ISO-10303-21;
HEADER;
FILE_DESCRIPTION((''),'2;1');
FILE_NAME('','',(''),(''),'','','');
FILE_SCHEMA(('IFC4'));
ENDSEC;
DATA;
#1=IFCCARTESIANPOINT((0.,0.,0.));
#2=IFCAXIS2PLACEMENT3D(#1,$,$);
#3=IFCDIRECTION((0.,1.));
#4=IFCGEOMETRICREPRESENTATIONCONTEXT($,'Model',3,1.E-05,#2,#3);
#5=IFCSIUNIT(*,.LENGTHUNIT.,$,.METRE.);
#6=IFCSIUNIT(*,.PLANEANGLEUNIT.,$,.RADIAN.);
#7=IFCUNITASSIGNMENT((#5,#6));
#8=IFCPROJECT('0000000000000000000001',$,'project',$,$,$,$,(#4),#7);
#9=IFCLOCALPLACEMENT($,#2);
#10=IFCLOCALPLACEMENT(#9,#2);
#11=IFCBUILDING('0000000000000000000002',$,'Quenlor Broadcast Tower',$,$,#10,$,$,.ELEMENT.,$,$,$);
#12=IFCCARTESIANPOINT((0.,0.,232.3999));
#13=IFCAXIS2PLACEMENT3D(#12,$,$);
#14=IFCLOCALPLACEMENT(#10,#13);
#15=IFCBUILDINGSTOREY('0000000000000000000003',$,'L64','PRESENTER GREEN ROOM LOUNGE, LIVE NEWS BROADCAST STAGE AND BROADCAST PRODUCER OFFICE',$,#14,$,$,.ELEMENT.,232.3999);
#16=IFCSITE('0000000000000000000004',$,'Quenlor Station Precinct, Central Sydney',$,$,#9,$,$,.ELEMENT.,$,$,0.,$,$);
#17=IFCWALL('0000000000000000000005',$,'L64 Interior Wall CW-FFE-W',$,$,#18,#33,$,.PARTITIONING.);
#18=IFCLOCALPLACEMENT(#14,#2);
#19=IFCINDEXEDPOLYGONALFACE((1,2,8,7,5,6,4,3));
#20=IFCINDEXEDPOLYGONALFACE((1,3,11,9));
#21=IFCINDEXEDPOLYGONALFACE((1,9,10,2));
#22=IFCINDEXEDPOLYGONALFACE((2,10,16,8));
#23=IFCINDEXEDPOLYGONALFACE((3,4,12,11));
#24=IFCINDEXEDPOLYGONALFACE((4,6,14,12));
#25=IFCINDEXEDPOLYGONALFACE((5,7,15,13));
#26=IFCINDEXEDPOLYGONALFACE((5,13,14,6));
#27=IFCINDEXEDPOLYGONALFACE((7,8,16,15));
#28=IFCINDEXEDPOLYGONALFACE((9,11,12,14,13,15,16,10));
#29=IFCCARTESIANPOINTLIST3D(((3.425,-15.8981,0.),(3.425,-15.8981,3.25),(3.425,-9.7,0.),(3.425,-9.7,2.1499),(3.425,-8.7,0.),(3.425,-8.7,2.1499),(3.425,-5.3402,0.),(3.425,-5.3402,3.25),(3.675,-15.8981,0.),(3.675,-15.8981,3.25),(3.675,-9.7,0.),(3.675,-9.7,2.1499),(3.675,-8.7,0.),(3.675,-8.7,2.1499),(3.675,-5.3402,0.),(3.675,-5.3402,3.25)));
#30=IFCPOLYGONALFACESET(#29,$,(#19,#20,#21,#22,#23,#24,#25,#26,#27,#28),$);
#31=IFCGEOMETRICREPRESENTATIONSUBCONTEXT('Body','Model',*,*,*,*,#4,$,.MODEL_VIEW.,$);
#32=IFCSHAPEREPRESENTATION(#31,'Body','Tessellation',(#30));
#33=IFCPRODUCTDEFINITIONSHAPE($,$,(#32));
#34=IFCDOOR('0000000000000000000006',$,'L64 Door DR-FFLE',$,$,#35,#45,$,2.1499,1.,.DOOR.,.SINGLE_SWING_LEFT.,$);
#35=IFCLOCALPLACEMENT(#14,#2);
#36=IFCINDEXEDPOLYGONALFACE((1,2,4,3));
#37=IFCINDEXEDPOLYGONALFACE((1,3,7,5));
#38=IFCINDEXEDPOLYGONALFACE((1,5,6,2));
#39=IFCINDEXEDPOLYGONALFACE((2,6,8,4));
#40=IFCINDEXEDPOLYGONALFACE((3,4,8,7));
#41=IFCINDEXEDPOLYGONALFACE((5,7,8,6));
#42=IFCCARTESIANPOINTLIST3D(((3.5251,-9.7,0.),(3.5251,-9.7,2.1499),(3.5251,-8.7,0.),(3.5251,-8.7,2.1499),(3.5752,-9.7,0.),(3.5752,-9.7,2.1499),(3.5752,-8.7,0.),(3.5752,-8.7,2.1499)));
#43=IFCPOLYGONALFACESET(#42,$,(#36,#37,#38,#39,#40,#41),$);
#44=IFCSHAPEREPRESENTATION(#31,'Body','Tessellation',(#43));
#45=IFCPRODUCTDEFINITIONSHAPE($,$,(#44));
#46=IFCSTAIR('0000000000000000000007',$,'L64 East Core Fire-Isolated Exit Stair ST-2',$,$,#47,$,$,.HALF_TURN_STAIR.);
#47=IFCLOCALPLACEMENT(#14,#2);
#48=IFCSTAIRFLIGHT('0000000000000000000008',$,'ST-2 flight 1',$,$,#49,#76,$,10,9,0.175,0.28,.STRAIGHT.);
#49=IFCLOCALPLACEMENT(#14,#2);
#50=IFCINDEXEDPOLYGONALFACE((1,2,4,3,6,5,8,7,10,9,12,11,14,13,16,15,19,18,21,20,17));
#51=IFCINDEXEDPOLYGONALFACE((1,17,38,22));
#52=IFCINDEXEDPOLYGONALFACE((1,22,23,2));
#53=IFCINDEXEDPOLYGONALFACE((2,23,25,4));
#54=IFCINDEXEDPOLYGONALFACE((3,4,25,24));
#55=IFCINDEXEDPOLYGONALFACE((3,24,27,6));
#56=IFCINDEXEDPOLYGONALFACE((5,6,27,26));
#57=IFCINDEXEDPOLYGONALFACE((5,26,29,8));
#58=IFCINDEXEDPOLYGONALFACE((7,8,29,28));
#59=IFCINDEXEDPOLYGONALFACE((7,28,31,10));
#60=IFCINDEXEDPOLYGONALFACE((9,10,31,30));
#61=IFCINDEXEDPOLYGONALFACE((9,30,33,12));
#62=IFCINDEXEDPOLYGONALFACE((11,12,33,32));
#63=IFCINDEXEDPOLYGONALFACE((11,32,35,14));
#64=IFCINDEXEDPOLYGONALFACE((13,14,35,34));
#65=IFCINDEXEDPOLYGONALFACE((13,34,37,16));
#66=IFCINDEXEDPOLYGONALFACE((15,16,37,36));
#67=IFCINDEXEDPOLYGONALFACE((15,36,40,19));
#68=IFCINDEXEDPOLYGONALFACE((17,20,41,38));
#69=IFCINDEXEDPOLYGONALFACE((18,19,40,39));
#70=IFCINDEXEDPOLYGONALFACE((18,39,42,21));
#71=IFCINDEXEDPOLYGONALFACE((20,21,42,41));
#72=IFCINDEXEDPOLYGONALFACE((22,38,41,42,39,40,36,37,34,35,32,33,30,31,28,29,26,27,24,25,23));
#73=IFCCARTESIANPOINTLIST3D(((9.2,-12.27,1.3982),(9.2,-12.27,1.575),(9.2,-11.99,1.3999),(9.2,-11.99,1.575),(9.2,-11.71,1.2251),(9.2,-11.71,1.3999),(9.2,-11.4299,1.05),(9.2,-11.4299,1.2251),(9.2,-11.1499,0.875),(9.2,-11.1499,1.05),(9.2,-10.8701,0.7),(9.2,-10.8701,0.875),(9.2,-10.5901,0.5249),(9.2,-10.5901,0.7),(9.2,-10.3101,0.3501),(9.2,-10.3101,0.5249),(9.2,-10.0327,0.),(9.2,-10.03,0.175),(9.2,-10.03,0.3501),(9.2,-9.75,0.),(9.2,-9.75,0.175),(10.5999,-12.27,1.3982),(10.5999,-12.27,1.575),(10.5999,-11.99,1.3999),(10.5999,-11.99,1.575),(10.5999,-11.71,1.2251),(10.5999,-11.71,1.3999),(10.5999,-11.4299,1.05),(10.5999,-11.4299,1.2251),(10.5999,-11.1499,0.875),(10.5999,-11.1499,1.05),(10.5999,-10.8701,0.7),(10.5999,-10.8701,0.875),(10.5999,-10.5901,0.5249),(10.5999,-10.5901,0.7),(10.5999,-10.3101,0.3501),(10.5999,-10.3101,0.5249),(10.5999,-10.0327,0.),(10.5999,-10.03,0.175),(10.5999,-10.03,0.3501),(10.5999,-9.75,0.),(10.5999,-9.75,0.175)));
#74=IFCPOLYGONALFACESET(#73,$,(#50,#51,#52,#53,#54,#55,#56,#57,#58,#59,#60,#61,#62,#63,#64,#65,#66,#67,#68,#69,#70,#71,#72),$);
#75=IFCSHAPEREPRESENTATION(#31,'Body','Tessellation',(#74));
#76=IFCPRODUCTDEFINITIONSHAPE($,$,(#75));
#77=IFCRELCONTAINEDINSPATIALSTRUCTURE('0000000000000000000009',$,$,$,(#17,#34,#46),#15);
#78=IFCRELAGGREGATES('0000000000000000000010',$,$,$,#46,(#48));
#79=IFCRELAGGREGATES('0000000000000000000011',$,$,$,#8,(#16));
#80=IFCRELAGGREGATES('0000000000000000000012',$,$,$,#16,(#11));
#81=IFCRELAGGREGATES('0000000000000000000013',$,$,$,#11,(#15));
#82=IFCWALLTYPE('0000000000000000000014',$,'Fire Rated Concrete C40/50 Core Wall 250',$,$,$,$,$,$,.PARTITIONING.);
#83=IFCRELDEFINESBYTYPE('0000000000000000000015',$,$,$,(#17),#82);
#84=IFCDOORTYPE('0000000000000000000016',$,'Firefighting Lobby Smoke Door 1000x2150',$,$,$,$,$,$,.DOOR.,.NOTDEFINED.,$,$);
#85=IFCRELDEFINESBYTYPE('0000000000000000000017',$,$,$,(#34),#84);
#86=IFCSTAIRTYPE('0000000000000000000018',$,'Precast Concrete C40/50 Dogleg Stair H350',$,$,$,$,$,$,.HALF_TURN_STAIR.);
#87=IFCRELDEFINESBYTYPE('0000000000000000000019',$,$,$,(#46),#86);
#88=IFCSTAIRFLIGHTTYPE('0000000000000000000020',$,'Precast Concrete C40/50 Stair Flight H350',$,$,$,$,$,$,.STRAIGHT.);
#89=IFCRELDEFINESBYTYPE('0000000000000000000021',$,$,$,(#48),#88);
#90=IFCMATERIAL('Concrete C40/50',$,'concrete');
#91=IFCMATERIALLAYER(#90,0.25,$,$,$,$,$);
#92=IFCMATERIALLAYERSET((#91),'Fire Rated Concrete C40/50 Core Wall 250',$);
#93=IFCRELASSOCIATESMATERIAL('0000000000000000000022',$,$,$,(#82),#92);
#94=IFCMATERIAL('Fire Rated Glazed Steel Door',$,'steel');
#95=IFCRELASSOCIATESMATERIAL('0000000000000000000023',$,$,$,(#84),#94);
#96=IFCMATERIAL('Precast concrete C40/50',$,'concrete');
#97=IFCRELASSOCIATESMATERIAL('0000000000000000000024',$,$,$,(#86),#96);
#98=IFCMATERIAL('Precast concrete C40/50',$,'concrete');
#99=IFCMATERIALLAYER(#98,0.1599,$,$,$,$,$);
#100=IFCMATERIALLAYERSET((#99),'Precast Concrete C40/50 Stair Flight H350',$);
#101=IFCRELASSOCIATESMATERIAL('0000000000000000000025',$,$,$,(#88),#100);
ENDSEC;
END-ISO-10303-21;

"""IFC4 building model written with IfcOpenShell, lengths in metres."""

from ifc_helpers import new_model, si_unit, direction, frame, frame_2d, origin, place, context, subcontext, project, spatial, polyline, rectangle, outline, extrude, material, layer, layer_set, type_object, element, fill, aggregate, save


model = new_model("IFC4")

# Units and contexts
model_context = context("Model", 3, precision=1e-05, world=origin(), true_north=direction((0.0, 1.0)))
body_context = subcontext(model_context, "Body", "Model", "MODEL_VIEW")
ifc_project = project(units=[si_unit("LENGTHUNIT", "METRE"), si_unit("PLANEANGLEUNIT", "RADIAN")], contexts=[model_context])

# Site, building, storey
site_placement = place(None, origin())
site = spatial("IfcSite", under=ifc_project, at=site_placement, Name="Quenlor Station Precinct, Central Sydney", CompositionType="ELEMENT", RefElevation=0.0)
building_placement = place(site_placement, origin())
building = spatial("IfcBuilding", under=site, at=building_placement, Name="Quenlor Broadcast Tower", CompositionType="ELEMENT")
storey_placement = place(building_placement, frame((0.0, 0.0, 232.3999)))
storey = spatial("IfcBuildingStorey", under=building, at=storey_placement, Name="L64", Description="PRESENTER GREEN ROOM LOUNGE, LIVE NEWS BROADCAST STAGE AND BROADCAST PRODUCER OFFICE", CompositionType="ELEMENT", Elevation=232.3999)

# Shared definitions
ifc_material_1 = material(Name="Concrete C40/50", Category="concrete")
ifc_layer_1 = layer(ifc_material_1, 0.25)
ifc_layer_set_1 = layer_set([ifc_layer_1], Name="Fire Rated Concrete C40/50 Core Wall 250")
wall_type_1 = type_object("IfcWallType", Name="Fire Rated Concrete C40/50 Core Wall 250", PredefinedType="PARTITIONING", material=ifc_layer_set_1)

# Wall, opening, door
wall_1_placement = place(storey_placement, frame((3.55, -15.8979, 0.0), z_axis=(0.0, 0.0, 1.0), x_axis=(0.0, 1.0, 0.0)))
wall_1 = element("IfcWall", 1, at=wall_1_placement, inside=storey, type_object=wall_type_1, Name="L64 Interior Wall CW-FFE-W", PredefinedType="PARTITIONING", context=body_context, shape_type="SweptSolid", body=[
    extrude(rectangle(XDim=10.5579, YDim=0.25, at=frame_2d((5.2788, 0.0))), origin(), (0.0, 0.0, 1.0), 3.25),
])
opening_1_placement = place(wall_1_placement, frame((6.198, 0.0, 0.0)))
opening_1 = element("IfcOpeningElement", 2, at=opening_1_placement, cuts=wall_1, PredefinedType="OPENING", context=body_context, shape_type="SweptSolid", body=[
    extrude(rectangle(XDim=1.0, YDim=2.1499, at=frame_2d((0.5, 1.075))), frame((0.0, 0.135, 0.0), z_axis=(0.0, -1.0, 0.0), x_axis=(1.0, 0.0, 0.0)), (0.0, 0.0, 1.0), 0.27),
])
ifc_material_2 = material(Name="Fire Rated Glazed Steel Door", Category="steel")
door_type_1 = type_object("IfcDoorType", Name="Firefighting Lobby Smoke Door 1000x2150", OperationType="NOTDEFINED", PredefinedType="DOOR", material=ifc_material_2)
door_1_placement = place(opening_1_placement, origin())
door_1 = element("IfcDoor", 3, at=door_1_placement, inside=storey, type_object=door_type_1, Name="L64 Door DR-FFLE", OperationType="SINGLE_SWING_LEFT", OverallHeight=2.1499, OverallWidth=1.0, PredefinedType="DOOR", context=body_context, shape_type="SweptSolid", body=[
    extrude(rectangle(XDim=1.0, YDim=2.1499, at=frame_2d((0.5, 1.075))), frame((0.0, 0.0249, 0.0), z_axis=(0.0, -1.0, 0.0), x_axis=(1.0, 0.0, 0.0)), (0.0, 0.0, 1.0), 0.05),
])
fill(opening_1, door_1)

# Stair, stair flight
ifc_material_3 = material(Name="Precast concrete C40/50", Category="concrete")
stair_type = type_object("IfcStairType", Name="Precast Concrete C40/50 Dogleg Stair H350", PredefinedType="HALF_TURN_STAIR", material=ifc_material_3)
stair_placement = place(storey_placement, origin())
stair = element("IfcStair", 4, at=stair_placement, inside=storey, type_object=stair_type, Name="L64 East Core Fire-Isolated Exit Stair ST-2", PredefinedType="HALF_TURN_STAIR")
ifc_material_4 = material(Name="Precast concrete C40/50", Category="concrete")
ifc_layer_2 = layer(ifc_material_4, 0.1599)
ifc_layer_set_2 = layer_set([ifc_layer_2], Name="Precast Concrete C40/50 Stair Flight H350")
stair_flight_type = type_object("IfcStairFlightType", Name="Precast Concrete C40/50 Stair Flight H350", PredefinedType="STRAIGHT", material=ifc_layer_set_2)
stair_flight_placement = place(storey_placement, frame((9.8999, -9.75, 0.0), z_axis=(0.0, 0.0, 1.0), x_axis=(0.0, -1.0, 0.0)))
stair_flight = element("IfcStairFlight", 5, at=stair_flight_placement, type_object=stair_flight_type, Name="ST-2 flight 1", NumberOfRisers=10, NumberOfTreads=9, PredefinedType="STRAIGHT", RiserHeight=0.175, TreadLength=0.28, context=body_context, shape_type="SweptSolid", body=[
    extrude(outline(polyline([(0.0, 0.0), (0.0, 0.175), (0.28, 0.175), (0.28, 0.3501), (0.5601, 0.3501), (0.5601, 0.5249), (0.8401, 0.5249), (0.8401, 0.7), (1.1201, 0.7), (1.1201, 0.875), (1.3999, 0.875), (1.3999, 1.05), (1.6799, 1.05), (1.6799, 1.2251), (1.96, 1.2251), (1.96, 1.3999), (2.24, 1.3999), (2.24, 1.575), (2.52, 1.575), (2.52, 1.75), (2.52, 1.3982), (0.2827, 0.0), (0.0, 0.0)])), frame((0.0, 0.7, 0.0), z_axis=(0.0, -1.0, 0.0), x_axis=(1.0, 0.0, 0.0)), (0.0, 0.0, 1.0), 1.3999),
])
aggregate(stair, [stair_flight])

save(model, "model.ifc")
